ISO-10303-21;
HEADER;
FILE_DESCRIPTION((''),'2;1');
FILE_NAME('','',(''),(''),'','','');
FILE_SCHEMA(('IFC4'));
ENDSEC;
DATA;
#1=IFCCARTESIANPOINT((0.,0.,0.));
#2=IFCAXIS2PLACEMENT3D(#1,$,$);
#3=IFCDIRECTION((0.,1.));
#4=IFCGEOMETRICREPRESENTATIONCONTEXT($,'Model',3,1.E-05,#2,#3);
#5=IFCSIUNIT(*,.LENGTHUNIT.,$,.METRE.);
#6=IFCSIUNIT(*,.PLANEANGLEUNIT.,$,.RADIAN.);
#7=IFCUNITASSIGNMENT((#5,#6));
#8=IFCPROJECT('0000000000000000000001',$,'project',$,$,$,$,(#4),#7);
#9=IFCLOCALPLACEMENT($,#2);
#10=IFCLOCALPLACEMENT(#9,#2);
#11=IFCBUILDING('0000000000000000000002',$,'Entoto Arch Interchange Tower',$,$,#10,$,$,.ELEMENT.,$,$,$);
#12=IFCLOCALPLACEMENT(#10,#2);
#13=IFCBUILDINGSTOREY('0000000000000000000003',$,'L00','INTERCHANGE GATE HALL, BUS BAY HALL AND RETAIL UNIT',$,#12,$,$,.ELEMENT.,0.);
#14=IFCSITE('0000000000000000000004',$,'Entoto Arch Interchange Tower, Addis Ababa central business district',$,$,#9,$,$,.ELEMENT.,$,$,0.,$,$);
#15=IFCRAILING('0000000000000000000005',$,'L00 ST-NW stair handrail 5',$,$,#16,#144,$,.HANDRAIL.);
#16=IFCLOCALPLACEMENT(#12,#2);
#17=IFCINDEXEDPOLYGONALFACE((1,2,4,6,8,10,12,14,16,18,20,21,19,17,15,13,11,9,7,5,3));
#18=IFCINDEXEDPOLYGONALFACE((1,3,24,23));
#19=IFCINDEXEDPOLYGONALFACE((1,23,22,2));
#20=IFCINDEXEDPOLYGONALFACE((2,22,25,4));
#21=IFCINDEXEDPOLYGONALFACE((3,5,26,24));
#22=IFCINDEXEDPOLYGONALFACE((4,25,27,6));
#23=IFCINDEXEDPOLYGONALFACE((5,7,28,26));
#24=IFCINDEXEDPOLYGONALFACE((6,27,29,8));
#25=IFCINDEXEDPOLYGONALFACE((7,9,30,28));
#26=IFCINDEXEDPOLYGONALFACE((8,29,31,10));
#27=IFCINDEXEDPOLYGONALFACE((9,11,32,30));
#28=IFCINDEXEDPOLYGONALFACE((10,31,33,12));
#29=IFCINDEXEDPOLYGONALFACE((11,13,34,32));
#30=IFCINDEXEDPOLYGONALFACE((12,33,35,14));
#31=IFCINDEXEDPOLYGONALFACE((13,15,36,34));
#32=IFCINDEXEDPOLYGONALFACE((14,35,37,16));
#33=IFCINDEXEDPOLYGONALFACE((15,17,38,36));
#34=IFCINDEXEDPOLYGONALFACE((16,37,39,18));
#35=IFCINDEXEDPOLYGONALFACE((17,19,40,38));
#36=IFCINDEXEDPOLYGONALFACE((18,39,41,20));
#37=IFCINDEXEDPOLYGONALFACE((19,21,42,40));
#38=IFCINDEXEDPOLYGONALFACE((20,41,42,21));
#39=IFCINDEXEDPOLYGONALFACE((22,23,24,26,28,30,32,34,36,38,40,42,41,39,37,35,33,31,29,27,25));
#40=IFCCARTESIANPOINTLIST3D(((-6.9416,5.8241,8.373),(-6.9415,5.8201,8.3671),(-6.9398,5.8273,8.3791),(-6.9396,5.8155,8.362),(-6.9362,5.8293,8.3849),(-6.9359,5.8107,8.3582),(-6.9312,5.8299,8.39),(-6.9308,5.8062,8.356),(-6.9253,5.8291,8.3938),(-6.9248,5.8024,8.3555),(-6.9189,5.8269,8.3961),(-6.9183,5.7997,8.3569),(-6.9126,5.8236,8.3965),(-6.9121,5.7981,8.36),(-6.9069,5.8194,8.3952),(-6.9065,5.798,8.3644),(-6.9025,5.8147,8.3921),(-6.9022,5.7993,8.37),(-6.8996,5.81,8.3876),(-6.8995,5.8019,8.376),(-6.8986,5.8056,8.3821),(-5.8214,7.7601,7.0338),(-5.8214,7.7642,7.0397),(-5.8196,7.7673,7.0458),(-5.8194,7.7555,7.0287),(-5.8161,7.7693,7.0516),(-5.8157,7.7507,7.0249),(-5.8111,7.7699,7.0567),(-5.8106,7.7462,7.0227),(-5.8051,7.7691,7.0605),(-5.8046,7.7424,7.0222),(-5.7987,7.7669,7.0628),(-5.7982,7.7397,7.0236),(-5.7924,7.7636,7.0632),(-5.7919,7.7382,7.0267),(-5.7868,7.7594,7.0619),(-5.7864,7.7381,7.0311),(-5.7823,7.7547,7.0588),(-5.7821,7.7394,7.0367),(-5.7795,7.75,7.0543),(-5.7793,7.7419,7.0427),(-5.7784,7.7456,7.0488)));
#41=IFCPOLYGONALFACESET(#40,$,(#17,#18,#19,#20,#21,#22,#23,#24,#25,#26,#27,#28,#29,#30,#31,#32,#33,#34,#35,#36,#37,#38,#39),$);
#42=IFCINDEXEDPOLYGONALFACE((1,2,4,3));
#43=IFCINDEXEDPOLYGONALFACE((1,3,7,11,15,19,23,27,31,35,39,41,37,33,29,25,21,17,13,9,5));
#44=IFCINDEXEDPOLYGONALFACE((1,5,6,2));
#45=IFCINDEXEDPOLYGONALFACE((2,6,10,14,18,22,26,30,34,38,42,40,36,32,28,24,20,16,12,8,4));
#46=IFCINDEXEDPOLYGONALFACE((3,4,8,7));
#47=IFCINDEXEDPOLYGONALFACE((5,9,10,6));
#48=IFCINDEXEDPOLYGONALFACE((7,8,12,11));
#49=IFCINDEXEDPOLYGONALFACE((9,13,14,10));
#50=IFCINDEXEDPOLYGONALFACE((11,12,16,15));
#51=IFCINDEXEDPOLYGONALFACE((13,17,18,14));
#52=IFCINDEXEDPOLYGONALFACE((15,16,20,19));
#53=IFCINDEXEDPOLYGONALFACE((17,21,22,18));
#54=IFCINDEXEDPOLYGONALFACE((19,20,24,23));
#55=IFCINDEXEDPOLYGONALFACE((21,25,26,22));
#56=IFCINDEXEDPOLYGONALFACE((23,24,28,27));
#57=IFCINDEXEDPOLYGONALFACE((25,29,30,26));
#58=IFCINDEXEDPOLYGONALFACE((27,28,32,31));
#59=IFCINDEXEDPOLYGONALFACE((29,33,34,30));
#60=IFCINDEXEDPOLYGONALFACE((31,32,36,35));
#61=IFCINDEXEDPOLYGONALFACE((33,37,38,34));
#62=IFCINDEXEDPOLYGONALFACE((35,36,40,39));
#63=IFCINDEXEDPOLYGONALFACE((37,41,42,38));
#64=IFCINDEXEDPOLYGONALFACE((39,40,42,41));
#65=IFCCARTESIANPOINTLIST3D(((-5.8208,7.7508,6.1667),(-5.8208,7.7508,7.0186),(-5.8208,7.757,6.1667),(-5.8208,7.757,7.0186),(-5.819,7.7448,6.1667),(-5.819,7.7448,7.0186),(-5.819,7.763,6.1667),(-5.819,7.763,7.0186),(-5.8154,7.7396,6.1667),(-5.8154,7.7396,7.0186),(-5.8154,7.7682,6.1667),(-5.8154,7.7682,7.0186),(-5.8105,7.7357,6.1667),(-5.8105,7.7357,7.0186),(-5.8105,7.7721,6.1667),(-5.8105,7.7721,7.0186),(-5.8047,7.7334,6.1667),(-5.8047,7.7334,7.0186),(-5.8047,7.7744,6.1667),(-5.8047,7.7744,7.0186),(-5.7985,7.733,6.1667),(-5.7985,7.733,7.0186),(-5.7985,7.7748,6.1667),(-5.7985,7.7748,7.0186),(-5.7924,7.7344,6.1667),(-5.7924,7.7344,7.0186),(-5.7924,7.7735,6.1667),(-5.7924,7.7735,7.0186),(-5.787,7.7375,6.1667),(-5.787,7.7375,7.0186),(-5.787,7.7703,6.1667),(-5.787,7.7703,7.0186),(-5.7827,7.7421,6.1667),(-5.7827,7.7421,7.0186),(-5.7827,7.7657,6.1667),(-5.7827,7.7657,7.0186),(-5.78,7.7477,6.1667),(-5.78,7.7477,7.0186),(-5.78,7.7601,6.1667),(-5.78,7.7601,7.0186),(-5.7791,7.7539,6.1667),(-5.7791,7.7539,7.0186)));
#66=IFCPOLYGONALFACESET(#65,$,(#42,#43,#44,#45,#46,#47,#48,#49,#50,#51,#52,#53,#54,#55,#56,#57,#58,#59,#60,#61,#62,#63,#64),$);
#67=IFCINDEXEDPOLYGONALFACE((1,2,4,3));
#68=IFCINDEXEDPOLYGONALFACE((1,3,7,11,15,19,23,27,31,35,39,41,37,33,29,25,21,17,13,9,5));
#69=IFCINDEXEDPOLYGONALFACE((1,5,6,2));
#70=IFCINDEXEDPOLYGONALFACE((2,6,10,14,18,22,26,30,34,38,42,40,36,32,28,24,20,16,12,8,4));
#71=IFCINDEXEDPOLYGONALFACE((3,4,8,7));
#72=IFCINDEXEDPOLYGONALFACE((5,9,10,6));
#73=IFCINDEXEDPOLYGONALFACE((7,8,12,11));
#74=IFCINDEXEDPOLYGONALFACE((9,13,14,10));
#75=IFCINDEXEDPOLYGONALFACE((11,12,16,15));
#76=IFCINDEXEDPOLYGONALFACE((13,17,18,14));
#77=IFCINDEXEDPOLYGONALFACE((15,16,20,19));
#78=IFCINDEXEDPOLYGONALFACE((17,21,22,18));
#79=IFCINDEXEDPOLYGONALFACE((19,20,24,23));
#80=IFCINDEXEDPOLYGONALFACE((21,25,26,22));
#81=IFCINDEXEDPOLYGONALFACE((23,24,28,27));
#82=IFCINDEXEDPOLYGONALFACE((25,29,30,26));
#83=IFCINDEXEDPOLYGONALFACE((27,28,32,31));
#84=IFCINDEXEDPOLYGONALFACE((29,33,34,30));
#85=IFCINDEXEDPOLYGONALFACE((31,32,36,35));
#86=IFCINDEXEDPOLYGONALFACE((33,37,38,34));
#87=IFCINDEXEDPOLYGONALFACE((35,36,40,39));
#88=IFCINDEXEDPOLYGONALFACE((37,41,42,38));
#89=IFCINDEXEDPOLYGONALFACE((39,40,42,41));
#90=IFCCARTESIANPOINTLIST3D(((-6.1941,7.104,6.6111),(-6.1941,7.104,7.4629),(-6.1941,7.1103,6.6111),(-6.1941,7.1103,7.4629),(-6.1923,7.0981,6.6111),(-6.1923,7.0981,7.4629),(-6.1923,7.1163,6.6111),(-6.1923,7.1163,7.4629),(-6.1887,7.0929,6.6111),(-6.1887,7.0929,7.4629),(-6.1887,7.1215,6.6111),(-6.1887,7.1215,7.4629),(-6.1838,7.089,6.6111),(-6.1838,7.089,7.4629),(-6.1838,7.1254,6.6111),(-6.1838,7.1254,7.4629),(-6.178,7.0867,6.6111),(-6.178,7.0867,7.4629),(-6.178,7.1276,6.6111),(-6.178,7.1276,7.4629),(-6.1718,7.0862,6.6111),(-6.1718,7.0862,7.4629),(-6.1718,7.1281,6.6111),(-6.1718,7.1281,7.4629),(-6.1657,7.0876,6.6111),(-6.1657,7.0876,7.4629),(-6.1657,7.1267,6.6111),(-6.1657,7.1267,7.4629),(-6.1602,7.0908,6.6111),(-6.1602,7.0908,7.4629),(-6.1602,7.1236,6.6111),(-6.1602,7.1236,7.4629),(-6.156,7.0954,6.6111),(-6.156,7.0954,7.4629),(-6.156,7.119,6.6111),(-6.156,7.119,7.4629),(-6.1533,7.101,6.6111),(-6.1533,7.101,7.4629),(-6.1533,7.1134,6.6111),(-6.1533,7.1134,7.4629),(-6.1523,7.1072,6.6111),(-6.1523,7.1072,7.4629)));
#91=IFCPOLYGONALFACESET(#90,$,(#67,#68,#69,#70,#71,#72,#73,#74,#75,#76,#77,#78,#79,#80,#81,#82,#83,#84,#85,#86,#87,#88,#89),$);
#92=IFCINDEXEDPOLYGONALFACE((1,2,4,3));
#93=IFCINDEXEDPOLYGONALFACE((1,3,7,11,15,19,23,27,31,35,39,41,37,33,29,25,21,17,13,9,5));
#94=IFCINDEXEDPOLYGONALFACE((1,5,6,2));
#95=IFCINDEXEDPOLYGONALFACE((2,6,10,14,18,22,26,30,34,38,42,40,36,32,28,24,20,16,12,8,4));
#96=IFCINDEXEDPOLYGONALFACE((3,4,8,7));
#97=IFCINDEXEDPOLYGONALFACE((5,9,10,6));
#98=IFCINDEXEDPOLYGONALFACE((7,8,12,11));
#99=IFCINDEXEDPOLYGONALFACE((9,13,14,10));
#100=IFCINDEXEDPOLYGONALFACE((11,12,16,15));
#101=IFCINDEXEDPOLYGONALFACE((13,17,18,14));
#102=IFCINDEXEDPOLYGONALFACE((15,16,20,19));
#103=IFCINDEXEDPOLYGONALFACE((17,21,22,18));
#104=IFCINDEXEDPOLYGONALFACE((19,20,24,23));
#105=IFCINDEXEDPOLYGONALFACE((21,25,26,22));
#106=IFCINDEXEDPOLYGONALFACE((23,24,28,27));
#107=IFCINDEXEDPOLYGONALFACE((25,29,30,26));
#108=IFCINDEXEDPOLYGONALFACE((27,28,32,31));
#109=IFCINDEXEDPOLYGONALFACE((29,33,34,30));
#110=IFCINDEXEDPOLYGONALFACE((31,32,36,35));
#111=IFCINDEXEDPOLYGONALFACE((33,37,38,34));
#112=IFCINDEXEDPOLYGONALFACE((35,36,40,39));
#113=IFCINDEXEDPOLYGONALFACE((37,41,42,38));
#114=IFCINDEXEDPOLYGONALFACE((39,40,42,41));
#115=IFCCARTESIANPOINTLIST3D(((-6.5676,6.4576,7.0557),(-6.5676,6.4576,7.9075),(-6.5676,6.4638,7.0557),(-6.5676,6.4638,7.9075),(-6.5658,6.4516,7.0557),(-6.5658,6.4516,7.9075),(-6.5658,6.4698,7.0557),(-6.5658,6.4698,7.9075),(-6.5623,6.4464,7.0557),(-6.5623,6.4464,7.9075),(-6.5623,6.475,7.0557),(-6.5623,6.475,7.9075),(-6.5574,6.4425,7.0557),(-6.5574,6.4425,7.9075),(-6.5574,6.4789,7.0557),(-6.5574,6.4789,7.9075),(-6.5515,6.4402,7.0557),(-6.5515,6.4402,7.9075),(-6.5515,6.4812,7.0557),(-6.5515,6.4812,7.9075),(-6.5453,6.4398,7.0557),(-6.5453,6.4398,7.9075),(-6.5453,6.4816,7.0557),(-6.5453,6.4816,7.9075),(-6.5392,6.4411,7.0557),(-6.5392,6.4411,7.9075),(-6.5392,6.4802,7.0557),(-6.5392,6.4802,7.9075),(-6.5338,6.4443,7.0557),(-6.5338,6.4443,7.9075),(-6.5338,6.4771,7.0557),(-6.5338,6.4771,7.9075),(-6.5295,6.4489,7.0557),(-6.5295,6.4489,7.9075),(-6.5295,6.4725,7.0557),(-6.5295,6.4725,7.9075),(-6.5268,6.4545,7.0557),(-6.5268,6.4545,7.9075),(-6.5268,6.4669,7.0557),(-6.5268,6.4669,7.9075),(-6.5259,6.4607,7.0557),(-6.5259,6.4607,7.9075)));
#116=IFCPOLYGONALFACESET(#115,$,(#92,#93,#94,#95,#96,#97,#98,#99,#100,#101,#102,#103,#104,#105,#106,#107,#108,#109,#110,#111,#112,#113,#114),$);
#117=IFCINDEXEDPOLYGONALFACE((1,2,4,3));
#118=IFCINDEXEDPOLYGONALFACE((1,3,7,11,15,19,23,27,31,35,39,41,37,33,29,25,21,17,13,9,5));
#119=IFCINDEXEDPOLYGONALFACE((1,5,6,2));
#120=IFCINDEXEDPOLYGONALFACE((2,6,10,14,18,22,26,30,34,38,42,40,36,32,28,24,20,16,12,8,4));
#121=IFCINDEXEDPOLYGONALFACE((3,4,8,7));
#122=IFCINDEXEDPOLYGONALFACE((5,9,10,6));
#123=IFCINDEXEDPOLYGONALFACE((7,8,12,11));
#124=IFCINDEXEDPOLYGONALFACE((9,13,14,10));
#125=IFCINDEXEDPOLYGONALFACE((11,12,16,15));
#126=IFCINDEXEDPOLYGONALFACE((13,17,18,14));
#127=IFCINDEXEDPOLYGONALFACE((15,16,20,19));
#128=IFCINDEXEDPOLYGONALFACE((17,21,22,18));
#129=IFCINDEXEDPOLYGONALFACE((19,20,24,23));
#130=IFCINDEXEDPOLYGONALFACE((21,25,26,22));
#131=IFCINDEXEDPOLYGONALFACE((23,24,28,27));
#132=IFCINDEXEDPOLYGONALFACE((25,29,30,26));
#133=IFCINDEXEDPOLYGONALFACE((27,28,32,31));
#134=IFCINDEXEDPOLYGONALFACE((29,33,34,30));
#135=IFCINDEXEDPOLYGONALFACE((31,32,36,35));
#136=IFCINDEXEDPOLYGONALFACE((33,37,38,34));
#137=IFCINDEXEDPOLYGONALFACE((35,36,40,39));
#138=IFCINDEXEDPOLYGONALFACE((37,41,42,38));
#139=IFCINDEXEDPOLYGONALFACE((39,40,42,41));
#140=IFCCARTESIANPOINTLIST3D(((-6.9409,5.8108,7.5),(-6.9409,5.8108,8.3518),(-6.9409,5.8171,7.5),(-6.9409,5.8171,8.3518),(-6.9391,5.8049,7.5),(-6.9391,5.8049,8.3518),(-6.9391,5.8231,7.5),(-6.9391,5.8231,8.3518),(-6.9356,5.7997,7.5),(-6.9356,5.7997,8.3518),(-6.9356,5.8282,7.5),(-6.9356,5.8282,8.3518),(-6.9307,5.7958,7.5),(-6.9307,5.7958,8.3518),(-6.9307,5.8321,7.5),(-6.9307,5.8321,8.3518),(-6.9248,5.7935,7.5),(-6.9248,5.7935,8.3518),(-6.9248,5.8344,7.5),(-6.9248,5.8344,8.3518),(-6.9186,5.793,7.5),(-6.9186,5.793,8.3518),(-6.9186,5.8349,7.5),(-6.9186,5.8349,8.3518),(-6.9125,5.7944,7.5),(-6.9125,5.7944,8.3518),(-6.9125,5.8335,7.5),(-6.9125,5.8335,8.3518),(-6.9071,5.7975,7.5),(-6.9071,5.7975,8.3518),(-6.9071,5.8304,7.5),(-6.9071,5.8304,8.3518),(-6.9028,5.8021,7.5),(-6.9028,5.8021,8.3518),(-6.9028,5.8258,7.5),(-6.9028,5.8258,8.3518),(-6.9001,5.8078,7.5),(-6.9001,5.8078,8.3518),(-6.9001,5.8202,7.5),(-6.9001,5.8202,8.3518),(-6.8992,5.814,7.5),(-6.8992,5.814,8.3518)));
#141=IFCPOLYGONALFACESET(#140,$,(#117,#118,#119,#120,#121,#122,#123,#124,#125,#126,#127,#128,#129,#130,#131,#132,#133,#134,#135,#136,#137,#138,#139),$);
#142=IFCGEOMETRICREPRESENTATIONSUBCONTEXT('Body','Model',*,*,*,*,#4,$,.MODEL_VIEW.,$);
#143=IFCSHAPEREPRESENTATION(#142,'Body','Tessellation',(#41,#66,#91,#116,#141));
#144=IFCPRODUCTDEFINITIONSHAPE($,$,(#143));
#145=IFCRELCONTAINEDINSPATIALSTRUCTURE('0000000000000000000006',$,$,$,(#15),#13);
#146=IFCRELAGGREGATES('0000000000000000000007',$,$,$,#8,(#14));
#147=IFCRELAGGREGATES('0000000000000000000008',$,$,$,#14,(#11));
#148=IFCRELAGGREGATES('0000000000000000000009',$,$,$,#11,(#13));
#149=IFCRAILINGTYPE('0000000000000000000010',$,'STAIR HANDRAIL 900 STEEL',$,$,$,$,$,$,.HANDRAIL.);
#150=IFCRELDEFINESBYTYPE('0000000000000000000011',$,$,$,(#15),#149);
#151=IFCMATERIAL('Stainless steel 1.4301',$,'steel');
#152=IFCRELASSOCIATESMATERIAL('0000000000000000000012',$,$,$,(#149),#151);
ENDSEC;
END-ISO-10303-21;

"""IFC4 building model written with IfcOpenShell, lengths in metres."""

from ifc_helpers import new_model, si_unit, direction, frame, origin, origin_2d, place, context, subcontext, project, spatial, circle, extrude, material, type_object, element, save


model = new_model("IFC4")

# Units and contexts
model_context = context("Model", 3, precision=1e-05, world=origin(), true_north=direction((0.0, 1.0)))
body_context = subcontext(model_context, "Body", "Model", "MODEL_VIEW")
ifc_project = project(units=[si_unit("LENGTHUNIT", "METRE"), si_unit("PLANEANGLEUNIT", "RADIAN")], contexts=[model_context])

# Site, building, storey
site_placement = place(None, origin())
site = spatial("IfcSite", under=ifc_project, at=site_placement, Name="Entoto Arch Interchange Tower, Addis Ababa central business district", CompositionType="ELEMENT", RefElevation=0.0)
building_placement = place(site_placement, origin())
building = spatial("IfcBuilding", under=site, at=building_placement, Name="Entoto Arch Interchange Tower", CompositionType="ELEMENT")
storey_placement = place(building_placement, origin())
storey = spatial("IfcBuildingStorey", under=building, at=storey_placement, Name="L00", Description="INTERCHANGE GATE HALL, BUS BAY HALL AND RETAIL UNIT", CompositionType="ELEMENT", Elevation=0.0)

# Railing
ifc_material_1 = material(Name="Stainless steel 1.4301", Category="steel")
railing_type_1 = type_object("IfcRailingType", Name="STAIR HANDRAIL 900 STEEL", PredefinedType="HANDRAIL", material=ifc_material_1)
for number, where, name in (
    (1, (-5.8, 7.7539, 6.1667), "L00 ST-NW stair handrail 5"),
):
    element("IfcRailing", number, at=place(storey_placement, frame(where)), inside=storey, type_object=railing_type_1, Name=name, PredefinedType="HANDRAIL", context=body_context, shape_type="SweptSolid", body=[
        extrude(circle(Radius=0.0239, at=origin_2d()), frame((0.0, 0.0, 0.876), z_axis=(-0.429684, -0.744175, 0.511444), x_axis=(0.866008, -0.500031, 0.0)), (0.0, 0.0, 1.0), 2.6069),
        extrude(circle(Radius=0.021, at=origin_2d()), origin(), (0.0, 0.0, 1.0), 0.8518),
        extrude(circle(Radius=0.021, at=origin_2d()), frame((-0.3733, -0.6467, 0.4443)), (0.0, 0.0, 1.0), 0.8518),
        extrude(circle(Radius=0.021, at=origin_2d()), frame((-0.7468, -1.2932, 0.8889)), (0.0, 0.0, 1.0), 0.8518),
        extrude(circle(Radius=0.021, at=origin_2d()), frame((-1.1201, -1.9399, 1.3333)), (0.0, 0.0, 1.0), 0.8518),
    ])

save(model, "model.ifc")
